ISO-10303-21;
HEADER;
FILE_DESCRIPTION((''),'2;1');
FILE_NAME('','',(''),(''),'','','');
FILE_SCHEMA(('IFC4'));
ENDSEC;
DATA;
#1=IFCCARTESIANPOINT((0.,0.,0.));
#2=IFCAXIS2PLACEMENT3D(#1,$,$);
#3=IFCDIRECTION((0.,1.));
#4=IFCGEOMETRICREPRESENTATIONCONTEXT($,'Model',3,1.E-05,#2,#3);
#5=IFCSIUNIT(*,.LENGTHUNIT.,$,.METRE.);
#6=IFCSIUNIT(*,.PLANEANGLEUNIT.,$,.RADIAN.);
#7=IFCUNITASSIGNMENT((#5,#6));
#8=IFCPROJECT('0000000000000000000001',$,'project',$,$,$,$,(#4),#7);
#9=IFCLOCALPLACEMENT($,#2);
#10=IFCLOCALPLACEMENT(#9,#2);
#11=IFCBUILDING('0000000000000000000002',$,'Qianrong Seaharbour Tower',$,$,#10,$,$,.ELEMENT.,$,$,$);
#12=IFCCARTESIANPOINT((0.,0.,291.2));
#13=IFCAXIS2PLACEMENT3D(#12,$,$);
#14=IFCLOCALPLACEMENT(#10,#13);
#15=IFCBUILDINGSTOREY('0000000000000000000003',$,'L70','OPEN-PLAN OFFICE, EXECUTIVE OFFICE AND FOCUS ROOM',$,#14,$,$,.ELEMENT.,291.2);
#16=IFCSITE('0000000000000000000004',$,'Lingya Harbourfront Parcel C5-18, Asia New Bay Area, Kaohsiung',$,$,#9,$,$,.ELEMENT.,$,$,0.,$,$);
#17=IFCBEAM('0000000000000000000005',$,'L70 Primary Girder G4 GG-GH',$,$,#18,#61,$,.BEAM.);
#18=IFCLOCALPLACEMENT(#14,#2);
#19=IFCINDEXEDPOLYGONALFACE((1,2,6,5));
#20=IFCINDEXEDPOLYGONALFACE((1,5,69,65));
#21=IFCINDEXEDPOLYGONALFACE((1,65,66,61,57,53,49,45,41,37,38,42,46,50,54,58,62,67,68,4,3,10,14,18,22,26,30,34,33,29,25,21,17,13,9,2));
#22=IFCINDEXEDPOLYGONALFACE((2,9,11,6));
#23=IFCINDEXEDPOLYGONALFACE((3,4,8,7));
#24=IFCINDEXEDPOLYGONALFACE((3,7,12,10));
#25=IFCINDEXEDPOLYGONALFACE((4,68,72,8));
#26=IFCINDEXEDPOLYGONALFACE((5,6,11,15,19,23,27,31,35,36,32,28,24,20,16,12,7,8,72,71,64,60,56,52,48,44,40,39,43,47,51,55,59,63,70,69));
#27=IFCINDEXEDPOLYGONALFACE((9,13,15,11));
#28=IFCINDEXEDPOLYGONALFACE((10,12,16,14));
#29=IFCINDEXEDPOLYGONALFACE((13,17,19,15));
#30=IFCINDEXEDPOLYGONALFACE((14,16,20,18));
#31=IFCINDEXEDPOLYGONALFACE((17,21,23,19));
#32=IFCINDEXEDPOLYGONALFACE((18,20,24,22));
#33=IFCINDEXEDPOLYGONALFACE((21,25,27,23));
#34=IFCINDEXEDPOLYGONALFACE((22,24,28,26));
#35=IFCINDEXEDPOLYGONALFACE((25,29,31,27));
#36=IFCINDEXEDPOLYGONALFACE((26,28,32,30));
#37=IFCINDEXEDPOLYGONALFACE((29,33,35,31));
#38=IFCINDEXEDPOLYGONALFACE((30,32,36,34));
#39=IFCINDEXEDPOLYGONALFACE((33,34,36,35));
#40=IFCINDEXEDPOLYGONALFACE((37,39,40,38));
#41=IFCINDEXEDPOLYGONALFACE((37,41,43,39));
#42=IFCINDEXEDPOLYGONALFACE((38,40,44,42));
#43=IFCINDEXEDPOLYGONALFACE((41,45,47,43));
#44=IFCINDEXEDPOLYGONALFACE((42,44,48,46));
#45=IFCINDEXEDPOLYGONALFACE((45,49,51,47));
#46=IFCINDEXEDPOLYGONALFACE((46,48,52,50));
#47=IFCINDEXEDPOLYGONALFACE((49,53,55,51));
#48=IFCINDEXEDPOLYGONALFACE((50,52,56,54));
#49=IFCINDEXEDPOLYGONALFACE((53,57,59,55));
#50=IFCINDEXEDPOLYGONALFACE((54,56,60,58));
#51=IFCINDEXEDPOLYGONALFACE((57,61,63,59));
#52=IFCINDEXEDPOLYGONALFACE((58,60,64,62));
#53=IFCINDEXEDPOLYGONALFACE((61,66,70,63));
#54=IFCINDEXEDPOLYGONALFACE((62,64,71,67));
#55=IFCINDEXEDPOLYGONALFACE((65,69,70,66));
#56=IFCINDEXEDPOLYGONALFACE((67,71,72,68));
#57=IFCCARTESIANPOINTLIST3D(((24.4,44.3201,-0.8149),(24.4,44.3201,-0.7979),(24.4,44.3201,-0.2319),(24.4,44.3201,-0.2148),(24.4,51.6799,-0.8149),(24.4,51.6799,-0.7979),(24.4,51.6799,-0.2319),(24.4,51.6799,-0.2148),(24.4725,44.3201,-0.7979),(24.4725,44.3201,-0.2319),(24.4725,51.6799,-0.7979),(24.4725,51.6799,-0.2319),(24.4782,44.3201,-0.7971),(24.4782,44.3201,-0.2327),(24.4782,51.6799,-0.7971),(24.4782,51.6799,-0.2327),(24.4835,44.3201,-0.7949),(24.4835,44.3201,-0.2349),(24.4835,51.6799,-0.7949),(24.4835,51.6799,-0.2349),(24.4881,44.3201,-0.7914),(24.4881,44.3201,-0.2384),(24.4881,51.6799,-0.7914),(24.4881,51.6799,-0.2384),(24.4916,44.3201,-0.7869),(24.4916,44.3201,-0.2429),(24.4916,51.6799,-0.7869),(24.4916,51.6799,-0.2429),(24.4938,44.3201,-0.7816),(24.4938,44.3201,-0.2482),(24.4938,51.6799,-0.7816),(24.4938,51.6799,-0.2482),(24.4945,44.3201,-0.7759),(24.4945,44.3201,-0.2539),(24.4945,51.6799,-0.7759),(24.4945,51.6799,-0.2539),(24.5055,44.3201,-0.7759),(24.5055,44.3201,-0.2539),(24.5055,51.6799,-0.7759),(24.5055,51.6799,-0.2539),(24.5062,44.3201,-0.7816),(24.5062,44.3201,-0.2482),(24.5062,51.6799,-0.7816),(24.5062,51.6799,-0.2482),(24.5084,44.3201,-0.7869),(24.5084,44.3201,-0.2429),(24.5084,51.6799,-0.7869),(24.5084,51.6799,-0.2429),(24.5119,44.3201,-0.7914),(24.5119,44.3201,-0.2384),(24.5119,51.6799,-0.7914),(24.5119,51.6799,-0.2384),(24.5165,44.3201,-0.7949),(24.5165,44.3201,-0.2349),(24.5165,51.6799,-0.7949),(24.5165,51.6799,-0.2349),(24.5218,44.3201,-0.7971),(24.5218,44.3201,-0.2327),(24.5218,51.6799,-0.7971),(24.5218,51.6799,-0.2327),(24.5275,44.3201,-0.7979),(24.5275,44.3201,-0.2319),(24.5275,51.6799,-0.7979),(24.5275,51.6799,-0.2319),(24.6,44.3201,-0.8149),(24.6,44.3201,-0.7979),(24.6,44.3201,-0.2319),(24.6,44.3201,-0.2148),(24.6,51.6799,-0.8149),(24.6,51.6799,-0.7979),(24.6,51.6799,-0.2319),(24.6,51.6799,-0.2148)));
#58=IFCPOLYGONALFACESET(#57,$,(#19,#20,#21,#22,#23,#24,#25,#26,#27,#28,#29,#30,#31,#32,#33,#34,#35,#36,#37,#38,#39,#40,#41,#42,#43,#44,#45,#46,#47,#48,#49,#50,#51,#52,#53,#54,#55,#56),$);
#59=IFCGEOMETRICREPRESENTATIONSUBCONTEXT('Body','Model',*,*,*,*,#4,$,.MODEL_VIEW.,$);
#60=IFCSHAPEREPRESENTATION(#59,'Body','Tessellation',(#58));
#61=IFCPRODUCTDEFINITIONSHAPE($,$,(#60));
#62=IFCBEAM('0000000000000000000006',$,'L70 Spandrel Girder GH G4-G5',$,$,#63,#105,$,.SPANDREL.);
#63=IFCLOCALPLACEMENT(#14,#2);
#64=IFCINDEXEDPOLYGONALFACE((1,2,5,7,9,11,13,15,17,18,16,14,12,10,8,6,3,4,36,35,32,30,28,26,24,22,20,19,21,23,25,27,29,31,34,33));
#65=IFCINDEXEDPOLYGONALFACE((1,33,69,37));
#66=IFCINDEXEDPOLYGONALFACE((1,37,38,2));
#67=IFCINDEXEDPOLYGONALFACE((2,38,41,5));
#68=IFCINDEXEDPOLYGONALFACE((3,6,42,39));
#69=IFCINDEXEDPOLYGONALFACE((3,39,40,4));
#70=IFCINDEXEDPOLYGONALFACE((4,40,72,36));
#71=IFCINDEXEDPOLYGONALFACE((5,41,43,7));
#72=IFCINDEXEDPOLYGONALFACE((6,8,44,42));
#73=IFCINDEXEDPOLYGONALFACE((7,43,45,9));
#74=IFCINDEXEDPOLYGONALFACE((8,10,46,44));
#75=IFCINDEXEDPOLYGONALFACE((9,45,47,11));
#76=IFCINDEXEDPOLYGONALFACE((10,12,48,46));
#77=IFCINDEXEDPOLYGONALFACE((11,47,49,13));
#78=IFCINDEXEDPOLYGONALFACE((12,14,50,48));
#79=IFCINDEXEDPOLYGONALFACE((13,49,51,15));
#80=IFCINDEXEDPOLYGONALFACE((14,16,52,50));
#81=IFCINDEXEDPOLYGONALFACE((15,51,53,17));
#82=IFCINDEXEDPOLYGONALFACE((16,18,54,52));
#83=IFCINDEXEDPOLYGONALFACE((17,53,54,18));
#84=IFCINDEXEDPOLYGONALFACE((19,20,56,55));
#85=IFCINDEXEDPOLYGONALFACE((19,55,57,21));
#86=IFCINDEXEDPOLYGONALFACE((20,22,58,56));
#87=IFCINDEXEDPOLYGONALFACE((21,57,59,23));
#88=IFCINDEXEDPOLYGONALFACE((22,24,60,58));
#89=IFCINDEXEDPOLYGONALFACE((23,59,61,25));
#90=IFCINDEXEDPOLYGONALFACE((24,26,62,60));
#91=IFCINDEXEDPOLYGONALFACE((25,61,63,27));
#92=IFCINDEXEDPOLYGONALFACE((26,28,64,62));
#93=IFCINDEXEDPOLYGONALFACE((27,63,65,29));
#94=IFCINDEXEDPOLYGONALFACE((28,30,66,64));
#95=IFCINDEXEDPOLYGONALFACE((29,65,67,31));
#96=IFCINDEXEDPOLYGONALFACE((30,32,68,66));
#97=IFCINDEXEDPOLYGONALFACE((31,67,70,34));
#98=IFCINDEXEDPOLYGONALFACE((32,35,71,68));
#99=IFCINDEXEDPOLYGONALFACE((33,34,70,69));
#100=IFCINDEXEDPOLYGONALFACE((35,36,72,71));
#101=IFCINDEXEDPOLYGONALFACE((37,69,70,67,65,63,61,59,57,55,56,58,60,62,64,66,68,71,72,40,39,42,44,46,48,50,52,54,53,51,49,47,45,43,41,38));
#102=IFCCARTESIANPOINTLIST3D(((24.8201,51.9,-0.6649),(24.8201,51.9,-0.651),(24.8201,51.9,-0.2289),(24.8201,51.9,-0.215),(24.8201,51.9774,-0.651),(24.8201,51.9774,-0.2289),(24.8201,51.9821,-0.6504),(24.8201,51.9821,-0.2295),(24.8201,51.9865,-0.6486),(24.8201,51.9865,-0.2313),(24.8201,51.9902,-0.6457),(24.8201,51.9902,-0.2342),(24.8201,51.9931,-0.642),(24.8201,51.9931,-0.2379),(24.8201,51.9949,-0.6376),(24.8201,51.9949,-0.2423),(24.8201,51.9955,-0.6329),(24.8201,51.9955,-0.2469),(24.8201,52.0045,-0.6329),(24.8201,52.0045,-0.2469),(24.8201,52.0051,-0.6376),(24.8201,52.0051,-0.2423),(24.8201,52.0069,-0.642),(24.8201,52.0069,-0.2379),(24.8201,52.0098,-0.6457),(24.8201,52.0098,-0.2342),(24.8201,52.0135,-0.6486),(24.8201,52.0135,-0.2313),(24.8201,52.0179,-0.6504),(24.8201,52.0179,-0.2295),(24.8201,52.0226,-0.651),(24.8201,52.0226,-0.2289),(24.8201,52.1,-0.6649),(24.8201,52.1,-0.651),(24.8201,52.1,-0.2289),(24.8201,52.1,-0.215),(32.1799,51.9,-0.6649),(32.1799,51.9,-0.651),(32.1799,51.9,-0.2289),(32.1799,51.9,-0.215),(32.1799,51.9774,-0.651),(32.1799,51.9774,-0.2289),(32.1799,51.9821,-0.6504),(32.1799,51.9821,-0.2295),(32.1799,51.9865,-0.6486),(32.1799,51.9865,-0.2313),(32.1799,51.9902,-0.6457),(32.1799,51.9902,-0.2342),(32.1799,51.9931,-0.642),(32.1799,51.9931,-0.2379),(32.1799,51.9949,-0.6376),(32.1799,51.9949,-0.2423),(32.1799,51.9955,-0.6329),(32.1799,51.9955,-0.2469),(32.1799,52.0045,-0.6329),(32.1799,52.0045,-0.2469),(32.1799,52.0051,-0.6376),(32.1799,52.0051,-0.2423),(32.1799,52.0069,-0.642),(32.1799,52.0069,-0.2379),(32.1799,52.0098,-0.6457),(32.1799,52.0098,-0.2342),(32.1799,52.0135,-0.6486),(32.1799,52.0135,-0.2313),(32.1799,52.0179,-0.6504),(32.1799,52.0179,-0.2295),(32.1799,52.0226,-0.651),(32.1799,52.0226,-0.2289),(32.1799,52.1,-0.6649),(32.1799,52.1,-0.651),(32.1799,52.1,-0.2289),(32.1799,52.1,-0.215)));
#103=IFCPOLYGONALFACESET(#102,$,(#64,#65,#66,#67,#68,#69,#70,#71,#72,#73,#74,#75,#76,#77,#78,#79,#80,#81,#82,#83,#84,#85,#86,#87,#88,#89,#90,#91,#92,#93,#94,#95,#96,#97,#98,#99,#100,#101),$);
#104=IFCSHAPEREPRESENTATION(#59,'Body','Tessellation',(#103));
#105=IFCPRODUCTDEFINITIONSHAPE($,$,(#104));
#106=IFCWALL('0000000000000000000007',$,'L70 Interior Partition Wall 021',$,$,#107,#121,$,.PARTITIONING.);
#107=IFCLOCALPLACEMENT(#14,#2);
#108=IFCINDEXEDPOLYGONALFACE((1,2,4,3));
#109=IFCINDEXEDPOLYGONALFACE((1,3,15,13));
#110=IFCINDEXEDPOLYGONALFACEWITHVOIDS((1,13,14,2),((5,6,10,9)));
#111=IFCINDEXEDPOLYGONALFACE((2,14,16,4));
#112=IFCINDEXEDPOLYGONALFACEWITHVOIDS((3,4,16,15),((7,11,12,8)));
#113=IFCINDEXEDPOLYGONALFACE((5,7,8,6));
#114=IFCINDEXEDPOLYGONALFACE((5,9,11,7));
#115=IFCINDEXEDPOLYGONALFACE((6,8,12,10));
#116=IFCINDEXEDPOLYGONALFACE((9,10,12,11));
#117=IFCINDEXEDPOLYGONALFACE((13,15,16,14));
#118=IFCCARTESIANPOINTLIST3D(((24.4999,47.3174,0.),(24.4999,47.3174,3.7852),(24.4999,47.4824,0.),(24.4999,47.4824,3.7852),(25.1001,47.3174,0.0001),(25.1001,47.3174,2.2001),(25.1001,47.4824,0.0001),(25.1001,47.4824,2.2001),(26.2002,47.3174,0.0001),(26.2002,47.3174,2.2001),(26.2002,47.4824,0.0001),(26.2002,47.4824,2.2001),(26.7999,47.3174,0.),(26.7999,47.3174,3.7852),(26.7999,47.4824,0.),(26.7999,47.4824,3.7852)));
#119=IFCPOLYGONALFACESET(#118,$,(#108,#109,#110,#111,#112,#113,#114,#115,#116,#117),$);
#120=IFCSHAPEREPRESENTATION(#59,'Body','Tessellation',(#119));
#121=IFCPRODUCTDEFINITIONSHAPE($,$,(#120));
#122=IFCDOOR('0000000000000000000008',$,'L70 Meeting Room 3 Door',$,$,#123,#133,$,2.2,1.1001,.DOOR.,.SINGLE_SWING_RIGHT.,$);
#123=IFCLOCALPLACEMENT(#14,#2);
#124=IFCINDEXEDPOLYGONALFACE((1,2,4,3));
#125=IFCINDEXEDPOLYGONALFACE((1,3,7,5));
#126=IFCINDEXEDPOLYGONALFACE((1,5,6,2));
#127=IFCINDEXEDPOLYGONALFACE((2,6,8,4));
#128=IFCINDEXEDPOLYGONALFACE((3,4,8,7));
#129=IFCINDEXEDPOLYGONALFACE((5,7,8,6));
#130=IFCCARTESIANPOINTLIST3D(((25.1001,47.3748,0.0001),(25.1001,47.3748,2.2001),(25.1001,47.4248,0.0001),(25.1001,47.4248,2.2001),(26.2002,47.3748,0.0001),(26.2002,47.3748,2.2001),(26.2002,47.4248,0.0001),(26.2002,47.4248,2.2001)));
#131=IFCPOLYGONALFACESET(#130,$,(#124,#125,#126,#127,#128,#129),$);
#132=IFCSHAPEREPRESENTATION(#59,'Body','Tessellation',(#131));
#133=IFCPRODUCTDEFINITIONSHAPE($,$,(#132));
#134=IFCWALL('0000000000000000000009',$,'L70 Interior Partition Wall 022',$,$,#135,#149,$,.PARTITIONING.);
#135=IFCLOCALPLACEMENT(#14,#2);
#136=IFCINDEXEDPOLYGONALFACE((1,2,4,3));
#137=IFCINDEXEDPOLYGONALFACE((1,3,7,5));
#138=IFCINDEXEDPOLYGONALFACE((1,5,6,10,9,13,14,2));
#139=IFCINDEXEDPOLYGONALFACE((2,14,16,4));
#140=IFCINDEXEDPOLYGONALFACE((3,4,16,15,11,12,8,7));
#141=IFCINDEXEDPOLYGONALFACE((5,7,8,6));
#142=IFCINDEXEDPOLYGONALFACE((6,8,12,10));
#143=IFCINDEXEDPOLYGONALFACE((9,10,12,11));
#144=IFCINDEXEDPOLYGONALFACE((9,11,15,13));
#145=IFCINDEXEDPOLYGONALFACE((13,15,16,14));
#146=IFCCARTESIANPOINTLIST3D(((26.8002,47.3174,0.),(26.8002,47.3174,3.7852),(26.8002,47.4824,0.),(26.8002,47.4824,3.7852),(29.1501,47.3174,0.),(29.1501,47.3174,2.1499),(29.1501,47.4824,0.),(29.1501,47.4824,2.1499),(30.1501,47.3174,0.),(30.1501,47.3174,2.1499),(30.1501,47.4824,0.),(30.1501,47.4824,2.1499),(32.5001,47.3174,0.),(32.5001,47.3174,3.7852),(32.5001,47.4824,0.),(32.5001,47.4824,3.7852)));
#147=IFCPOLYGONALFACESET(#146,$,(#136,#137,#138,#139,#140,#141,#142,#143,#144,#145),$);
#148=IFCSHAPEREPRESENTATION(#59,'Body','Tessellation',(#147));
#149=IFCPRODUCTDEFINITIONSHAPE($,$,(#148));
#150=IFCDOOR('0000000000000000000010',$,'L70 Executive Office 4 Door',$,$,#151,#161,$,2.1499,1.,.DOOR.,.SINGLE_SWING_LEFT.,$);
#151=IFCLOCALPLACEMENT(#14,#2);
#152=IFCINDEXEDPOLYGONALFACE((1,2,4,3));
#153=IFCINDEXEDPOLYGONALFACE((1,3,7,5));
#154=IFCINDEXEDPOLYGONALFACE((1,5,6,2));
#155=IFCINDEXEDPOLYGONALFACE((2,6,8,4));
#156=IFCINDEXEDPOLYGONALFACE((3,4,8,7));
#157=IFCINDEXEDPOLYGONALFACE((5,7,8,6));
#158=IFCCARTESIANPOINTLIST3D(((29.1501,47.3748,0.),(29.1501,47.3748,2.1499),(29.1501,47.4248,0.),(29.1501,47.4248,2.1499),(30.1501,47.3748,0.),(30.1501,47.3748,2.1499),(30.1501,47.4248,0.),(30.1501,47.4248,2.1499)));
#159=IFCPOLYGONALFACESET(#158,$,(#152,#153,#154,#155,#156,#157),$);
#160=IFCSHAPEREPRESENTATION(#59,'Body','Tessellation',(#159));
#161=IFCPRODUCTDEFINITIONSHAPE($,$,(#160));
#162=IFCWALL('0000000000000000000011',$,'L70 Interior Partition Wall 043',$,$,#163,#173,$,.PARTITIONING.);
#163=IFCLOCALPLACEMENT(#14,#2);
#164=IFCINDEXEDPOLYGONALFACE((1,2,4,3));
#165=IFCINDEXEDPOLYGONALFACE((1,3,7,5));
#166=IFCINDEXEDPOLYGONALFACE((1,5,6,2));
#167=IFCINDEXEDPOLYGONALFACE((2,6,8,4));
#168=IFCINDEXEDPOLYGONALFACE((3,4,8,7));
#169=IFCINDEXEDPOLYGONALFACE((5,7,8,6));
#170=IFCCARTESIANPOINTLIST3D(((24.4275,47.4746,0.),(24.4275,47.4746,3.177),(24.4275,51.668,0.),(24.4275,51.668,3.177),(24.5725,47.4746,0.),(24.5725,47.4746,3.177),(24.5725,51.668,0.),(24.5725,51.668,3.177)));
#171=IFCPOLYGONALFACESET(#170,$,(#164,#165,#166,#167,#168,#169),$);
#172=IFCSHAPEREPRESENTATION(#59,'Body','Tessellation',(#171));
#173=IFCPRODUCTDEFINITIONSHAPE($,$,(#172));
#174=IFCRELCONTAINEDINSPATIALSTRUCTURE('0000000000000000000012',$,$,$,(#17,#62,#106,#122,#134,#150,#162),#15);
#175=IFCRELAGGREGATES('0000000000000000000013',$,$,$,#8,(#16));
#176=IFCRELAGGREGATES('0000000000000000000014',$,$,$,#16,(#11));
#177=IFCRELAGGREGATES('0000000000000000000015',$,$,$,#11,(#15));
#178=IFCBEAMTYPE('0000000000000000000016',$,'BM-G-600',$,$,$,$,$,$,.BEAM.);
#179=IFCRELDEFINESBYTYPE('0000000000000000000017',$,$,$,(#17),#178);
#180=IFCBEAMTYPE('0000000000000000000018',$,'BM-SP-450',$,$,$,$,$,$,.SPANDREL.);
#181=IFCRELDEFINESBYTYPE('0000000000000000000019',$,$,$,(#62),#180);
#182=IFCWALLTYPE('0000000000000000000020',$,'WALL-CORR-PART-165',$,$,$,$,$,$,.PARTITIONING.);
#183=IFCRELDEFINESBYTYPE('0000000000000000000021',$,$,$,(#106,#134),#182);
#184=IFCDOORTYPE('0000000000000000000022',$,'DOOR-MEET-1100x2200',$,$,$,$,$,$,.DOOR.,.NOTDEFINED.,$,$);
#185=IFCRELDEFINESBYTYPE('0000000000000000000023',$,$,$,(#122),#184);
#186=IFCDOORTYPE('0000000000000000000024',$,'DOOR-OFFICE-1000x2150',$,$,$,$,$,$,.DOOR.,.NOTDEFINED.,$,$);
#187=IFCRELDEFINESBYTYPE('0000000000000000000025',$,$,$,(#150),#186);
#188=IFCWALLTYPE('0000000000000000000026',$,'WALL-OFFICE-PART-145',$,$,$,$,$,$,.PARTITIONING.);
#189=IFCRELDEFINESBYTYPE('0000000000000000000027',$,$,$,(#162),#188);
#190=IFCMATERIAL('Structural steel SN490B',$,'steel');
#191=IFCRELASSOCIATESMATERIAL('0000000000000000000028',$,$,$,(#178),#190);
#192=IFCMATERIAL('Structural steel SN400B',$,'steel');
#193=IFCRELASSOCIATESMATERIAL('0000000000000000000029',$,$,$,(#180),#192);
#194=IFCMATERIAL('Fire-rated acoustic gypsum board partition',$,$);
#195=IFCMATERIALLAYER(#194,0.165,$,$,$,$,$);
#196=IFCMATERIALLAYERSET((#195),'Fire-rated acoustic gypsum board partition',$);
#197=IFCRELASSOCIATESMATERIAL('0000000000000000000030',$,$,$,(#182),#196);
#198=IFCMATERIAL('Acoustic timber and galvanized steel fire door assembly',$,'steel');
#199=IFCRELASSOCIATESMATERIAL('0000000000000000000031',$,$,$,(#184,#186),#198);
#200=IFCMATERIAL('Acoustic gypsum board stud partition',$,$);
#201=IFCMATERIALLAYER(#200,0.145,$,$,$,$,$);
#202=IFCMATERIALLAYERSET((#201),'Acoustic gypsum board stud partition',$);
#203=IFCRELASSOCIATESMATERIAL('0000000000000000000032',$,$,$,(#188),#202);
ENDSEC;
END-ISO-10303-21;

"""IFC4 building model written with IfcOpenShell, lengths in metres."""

from ifc_helpers import new_model, si_unit, direction, frame, frame_2d, origin, origin_2d, place, context, subcontext, project, spatial, rectangle, i_section, extrude, material, layer, layer_set, material_profile, profile_set, type_object, element, fill, save


model = new_model("IFC4")

# Units and contexts
model_context = context("Model", 3, precision=1e-05, world=origin(), true_north=direction((0.0, 1.0)))
body_context = subcontext(model_context, "Body", "Model", "MODEL_VIEW")
ifc_project = project(units=[si_unit("LENGTHUNIT", "METRE"), si_unit("PLANEANGLEUNIT", "RADIAN")], contexts=[model_context])

# Site, building, storey
site_placement = place(None, origin())
site = spatial("IfcSite", under=ifc_project, at=site_placement, Name="Lingya Harbourfront Parcel C5-18, Asia New Bay Area, Kaohsiung", CompositionType="ELEMENT", RefElevation=0.0)
building_placement = place(site_placement, origin())
building = spatial("IfcBuilding", under=site, at=building_placement, Name="Qianrong Seaharbour Tower", CompositionType="ELEMENT")
storey_placement = place(building_placement, frame((0.0, 0.0, 291.2)))
storey = spatial("IfcBuildingStorey", under=building, at=storey_placement, Name="L70", Description="OPEN-PLAN OFFICE, EXECUTIVE OFFICE AND FOCUS ROOM", CompositionType="ELEMENT", Elevation=291.2)

# Shared definitions
ifc_material_1 = material(Name="Structural steel SN490B", Category="steel")
ifc_material_2 = material(Name="Structural steel SN400B", Category="steel")

# Beams
ifc_material_profile_1 = material_profile(ifc_material_1, i_section(OverallWidth=0.2, OverallDepth=0.6001, WebThickness=0.011, FlangeThickness=0.0171, FilletRadius=0.022, at=origin_2d()), Name="H600x200x11x17")
ifc_profile_set_1 = profile_set([ifc_material_profile_1], Name="Structural steel SN490B")
beam_type_1 = type_object("IfcBeamType", Name="BM-G-600", PredefinedType="BEAM", material=ifc_profile_set_1)
for number, where, z_axis, x_axis, name in (
    (1, (24.5, 44.3201, -0.5149), (0.0, 1.0, 0.0), (-1.0, 0.0, 0.0), "L70 Primary Girder G4 GG-GH"),
):
    element("IfcBeam", number, at=place(storey_placement, frame(where, z_axis=z_axis, x_axis=x_axis)), inside=storey, type_object=beam_type_1, Name=name, PredefinedType="BEAM", context=body_context, shape_type="SweptSolid", body=[
        extrude(i_section(OverallWidth=0.2, OverallDepth=0.6001, WebThickness=0.011, FlangeThickness=0.0171, FilletRadius=0.022, at=origin_2d()), origin(), (0.0, 0.0, 1.0), 7.3599),
    ])
ifc_material_profile_2 = material_profile(ifc_material_2, i_section(OverallWidth=0.2, OverallDepth=0.45, WebThickness=0.009, FlangeThickness=0.0139, FilletRadius=0.0181, at=origin_2d()), Name="H450x200x9x14")
ifc_profile_set_2 = profile_set([ifc_material_profile_2], Name="Structural steel SN400B")
beam_type_2 = type_object("IfcBeamType", Name="BM-SP-450", PredefinedType="SPANDREL", material=ifc_profile_set_2)
beam_placement = place(storey_placement, frame((24.8201, 52.0, -0.4399), z_axis=(1.0, 0.0, 0.0), x_axis=(0.0, 1.0, 0.0)))
element("IfcBeam", 2, at=beam_placement, inside=storey, type_object=beam_type_2, Name="L70 Spandrel Girder GH G4-G5", PredefinedType="SPANDREL", context=body_context, shape_type="SweptSolid", body=[
    extrude(i_section(OverallWidth=0.2, OverallDepth=0.45, WebThickness=0.009, FlangeThickness=0.0139, FilletRadius=0.0181, at=origin_2d()), origin(), (0.0, 0.0, 1.0), 7.3599),
])

# Walls, openings, doors
ifc_material_3 = material(Name="Fire-rated acoustic gypsum board partition")
ifc_layer_1 = layer(ifc_material_3, 0.165)
ifc_layer_set_1 = layer_set([ifc_layer_1], Name="Fire-rated acoustic gypsum board partition")
wall_type_1 = type_object("IfcWallType", Name="WALL-CORR-PART-165", PredefinedType="PARTITIONING", material=ifc_layer_set_1)
wall_1_placement = place(storey_placement, frame((24.5, 47.3999, 0.0), z_axis=(0.0, 0.0, 1.0), x_axis=(1.0, 0.0, 0.0)))
wall_1 = element("IfcWall", 3, at=wall_1_placement, inside=storey, type_object=wall_type_1, Name="L70 Interior Partition Wall 021", PredefinedType="PARTITIONING", context=body_context, shape_type="SweptSolid", body=[
    extrude(rectangle(XDim=2.3, YDim=0.165, at=frame_2d((1.1499, 0.0))), origin(), (0.0, 0.0, 1.0), 3.7852),
])
opening_1_placement = place(wall_1_placement, frame((0.6001, 0.0, 0.0)))
opening_1 = element("IfcOpeningElement", 4, at=opening_1_placement, cuts=wall_1, PredefinedType="OPENING", context=body_context, shape_type="SweptSolid", body=[
    extrude(rectangle(XDim=1.1001, YDim=2.2, at=frame_2d((0.55, 1.1001))), frame((0.0, 0.0925, 0.0), z_axis=(0.0, -1.0, 0.0), x_axis=(1.0, 0.0, 0.0)), (0.0, 0.0, 1.0), 0.1851),
])
ifc_material_4 = material(Name="Acoustic timber and galvanized steel fire door assembly", Category="steel")
door_type_1 = type_object("IfcDoorType", Name="DOOR-MEET-1100x2200", OperationType="NOTDEFINED", PredefinedType="DOOR", material=ifc_material_4)
door_1_placement = place(opening_1_placement, origin())
door_1 = element("IfcDoor", 5, at=door_1_placement, inside=storey, type_object=door_type_1, Name="L70 Meeting Room 3 Door", OperationType="SINGLE_SWING_RIGHT", OverallHeight=2.2, OverallWidth=1.1001, PredefinedType="DOOR", context=body_context, shape_type="SweptSolid", body=[
    extrude(rectangle(XDim=1.1001, YDim=2.2, at=frame_2d((0.55, 1.1001))), frame((0.0, 0.0249, 0.0), z_axis=(0.0, -1.0, 0.0), x_axis=(1.0, 0.0, 0.0)), (0.0, 0.0, 1.0), 0.05),
])
fill(opening_1, door_1)
wall_2_placement = place(storey_placement, frame((26.8, 47.3999, 0.0), z_axis=(0.0, 0.0, 1.0), x_axis=(1.0, 0.0, 0.0)))
wall_2 = element("IfcWall", 6, at=wall_2_placement, inside=storey, type_object=wall_type_1, Name="L70 Interior Partition Wall 022", PredefinedType="PARTITIONING", context=body_context, shape_type="SweptSolid", body=[
    extrude(rectangle(XDim=5.7, YDim=0.165, at=frame_2d((2.8501, 0.0))), origin(), (0.0, 0.0, 1.0), 3.7852),
])
opening_2_placement = place(wall_2_placement, frame((2.3501, 0.0, 0.0)))
opening_2 = element("IfcOpeningElement", 7, at=opening_2_placement, cuts=wall_2, PredefinedType="OPENING", context=body_context, shape_type="SweptSolid", body=[
    extrude(rectangle(XDim=1.0, YDim=2.1499, at=frame_2d((0.5, 1.075))), frame((0.0, 0.0925, 0.0), z_axis=(0.0, -1.0, 0.0), x_axis=(1.0, 0.0, 0.0)), (0.0, 0.0, 1.0), 0.1851),
])
door_type_2 = type_object("IfcDoorType", Name="DOOR-OFFICE-1000x2150", OperationType="NOTDEFINED", PredefinedType="DOOR", material=ifc_material_4)
door_2_placement = place(opening_2_placement, origin())
door_2 = element("IfcDoor", 8, at=door_2_placement, inside=storey, type_object=door_type_2, Name="L70 Executive Office 4 Door", OperationType="SINGLE_SWING_LEFT", OverallHeight=2.1499, OverallWidth=1.0, PredefinedType="DOOR", context=body_context, shape_type="SweptSolid", body=[
    extrude(rectangle(XDim=1.0, YDim=2.1499, at=frame_2d((0.5, 1.075))), frame((0.0, 0.0249, 0.0), z_axis=(0.0, -1.0, 0.0), x_axis=(1.0, 0.0, 0.0)), (0.0, 0.0, 1.0), 0.05),
])
fill(opening_2, door_2)

# Wall
ifc_material_5 = material(Name="Acoustic gypsum board stud partition")
ifc_layer_2 = layer(ifc_material_5, 0.145)
ifc_layer_set_2 = layer_set([ifc_layer_2], Name="Acoustic gypsum board stud partition")
wall_type_2 = type_object("IfcWallType", Name="WALL-OFFICE-PART-145", PredefinedType="PARTITIONING", material=ifc_layer_set_2)
wall_3_placement = place(storey_placement, frame((24.5, 51.668, 0.0), z_axis=(0.0, 0.0, 1.0), x_axis=(0.0, -1.0, 0.0)))
element("IfcWall", 9, at=wall_3_placement, inside=storey, type_object=wall_type_2, Name="L70 Interior Partition Wall 043", PredefinedType="PARTITIONING", context=body_context, shape_type="SweptSolid", body=[
    extrude(rectangle(XDim=4.1934, YDim=0.145, at=frame_2d((2.0967, 0.0))), origin(), (0.0, 0.0, 1.0), 3.177),
])

save(model, "model.ifc")
